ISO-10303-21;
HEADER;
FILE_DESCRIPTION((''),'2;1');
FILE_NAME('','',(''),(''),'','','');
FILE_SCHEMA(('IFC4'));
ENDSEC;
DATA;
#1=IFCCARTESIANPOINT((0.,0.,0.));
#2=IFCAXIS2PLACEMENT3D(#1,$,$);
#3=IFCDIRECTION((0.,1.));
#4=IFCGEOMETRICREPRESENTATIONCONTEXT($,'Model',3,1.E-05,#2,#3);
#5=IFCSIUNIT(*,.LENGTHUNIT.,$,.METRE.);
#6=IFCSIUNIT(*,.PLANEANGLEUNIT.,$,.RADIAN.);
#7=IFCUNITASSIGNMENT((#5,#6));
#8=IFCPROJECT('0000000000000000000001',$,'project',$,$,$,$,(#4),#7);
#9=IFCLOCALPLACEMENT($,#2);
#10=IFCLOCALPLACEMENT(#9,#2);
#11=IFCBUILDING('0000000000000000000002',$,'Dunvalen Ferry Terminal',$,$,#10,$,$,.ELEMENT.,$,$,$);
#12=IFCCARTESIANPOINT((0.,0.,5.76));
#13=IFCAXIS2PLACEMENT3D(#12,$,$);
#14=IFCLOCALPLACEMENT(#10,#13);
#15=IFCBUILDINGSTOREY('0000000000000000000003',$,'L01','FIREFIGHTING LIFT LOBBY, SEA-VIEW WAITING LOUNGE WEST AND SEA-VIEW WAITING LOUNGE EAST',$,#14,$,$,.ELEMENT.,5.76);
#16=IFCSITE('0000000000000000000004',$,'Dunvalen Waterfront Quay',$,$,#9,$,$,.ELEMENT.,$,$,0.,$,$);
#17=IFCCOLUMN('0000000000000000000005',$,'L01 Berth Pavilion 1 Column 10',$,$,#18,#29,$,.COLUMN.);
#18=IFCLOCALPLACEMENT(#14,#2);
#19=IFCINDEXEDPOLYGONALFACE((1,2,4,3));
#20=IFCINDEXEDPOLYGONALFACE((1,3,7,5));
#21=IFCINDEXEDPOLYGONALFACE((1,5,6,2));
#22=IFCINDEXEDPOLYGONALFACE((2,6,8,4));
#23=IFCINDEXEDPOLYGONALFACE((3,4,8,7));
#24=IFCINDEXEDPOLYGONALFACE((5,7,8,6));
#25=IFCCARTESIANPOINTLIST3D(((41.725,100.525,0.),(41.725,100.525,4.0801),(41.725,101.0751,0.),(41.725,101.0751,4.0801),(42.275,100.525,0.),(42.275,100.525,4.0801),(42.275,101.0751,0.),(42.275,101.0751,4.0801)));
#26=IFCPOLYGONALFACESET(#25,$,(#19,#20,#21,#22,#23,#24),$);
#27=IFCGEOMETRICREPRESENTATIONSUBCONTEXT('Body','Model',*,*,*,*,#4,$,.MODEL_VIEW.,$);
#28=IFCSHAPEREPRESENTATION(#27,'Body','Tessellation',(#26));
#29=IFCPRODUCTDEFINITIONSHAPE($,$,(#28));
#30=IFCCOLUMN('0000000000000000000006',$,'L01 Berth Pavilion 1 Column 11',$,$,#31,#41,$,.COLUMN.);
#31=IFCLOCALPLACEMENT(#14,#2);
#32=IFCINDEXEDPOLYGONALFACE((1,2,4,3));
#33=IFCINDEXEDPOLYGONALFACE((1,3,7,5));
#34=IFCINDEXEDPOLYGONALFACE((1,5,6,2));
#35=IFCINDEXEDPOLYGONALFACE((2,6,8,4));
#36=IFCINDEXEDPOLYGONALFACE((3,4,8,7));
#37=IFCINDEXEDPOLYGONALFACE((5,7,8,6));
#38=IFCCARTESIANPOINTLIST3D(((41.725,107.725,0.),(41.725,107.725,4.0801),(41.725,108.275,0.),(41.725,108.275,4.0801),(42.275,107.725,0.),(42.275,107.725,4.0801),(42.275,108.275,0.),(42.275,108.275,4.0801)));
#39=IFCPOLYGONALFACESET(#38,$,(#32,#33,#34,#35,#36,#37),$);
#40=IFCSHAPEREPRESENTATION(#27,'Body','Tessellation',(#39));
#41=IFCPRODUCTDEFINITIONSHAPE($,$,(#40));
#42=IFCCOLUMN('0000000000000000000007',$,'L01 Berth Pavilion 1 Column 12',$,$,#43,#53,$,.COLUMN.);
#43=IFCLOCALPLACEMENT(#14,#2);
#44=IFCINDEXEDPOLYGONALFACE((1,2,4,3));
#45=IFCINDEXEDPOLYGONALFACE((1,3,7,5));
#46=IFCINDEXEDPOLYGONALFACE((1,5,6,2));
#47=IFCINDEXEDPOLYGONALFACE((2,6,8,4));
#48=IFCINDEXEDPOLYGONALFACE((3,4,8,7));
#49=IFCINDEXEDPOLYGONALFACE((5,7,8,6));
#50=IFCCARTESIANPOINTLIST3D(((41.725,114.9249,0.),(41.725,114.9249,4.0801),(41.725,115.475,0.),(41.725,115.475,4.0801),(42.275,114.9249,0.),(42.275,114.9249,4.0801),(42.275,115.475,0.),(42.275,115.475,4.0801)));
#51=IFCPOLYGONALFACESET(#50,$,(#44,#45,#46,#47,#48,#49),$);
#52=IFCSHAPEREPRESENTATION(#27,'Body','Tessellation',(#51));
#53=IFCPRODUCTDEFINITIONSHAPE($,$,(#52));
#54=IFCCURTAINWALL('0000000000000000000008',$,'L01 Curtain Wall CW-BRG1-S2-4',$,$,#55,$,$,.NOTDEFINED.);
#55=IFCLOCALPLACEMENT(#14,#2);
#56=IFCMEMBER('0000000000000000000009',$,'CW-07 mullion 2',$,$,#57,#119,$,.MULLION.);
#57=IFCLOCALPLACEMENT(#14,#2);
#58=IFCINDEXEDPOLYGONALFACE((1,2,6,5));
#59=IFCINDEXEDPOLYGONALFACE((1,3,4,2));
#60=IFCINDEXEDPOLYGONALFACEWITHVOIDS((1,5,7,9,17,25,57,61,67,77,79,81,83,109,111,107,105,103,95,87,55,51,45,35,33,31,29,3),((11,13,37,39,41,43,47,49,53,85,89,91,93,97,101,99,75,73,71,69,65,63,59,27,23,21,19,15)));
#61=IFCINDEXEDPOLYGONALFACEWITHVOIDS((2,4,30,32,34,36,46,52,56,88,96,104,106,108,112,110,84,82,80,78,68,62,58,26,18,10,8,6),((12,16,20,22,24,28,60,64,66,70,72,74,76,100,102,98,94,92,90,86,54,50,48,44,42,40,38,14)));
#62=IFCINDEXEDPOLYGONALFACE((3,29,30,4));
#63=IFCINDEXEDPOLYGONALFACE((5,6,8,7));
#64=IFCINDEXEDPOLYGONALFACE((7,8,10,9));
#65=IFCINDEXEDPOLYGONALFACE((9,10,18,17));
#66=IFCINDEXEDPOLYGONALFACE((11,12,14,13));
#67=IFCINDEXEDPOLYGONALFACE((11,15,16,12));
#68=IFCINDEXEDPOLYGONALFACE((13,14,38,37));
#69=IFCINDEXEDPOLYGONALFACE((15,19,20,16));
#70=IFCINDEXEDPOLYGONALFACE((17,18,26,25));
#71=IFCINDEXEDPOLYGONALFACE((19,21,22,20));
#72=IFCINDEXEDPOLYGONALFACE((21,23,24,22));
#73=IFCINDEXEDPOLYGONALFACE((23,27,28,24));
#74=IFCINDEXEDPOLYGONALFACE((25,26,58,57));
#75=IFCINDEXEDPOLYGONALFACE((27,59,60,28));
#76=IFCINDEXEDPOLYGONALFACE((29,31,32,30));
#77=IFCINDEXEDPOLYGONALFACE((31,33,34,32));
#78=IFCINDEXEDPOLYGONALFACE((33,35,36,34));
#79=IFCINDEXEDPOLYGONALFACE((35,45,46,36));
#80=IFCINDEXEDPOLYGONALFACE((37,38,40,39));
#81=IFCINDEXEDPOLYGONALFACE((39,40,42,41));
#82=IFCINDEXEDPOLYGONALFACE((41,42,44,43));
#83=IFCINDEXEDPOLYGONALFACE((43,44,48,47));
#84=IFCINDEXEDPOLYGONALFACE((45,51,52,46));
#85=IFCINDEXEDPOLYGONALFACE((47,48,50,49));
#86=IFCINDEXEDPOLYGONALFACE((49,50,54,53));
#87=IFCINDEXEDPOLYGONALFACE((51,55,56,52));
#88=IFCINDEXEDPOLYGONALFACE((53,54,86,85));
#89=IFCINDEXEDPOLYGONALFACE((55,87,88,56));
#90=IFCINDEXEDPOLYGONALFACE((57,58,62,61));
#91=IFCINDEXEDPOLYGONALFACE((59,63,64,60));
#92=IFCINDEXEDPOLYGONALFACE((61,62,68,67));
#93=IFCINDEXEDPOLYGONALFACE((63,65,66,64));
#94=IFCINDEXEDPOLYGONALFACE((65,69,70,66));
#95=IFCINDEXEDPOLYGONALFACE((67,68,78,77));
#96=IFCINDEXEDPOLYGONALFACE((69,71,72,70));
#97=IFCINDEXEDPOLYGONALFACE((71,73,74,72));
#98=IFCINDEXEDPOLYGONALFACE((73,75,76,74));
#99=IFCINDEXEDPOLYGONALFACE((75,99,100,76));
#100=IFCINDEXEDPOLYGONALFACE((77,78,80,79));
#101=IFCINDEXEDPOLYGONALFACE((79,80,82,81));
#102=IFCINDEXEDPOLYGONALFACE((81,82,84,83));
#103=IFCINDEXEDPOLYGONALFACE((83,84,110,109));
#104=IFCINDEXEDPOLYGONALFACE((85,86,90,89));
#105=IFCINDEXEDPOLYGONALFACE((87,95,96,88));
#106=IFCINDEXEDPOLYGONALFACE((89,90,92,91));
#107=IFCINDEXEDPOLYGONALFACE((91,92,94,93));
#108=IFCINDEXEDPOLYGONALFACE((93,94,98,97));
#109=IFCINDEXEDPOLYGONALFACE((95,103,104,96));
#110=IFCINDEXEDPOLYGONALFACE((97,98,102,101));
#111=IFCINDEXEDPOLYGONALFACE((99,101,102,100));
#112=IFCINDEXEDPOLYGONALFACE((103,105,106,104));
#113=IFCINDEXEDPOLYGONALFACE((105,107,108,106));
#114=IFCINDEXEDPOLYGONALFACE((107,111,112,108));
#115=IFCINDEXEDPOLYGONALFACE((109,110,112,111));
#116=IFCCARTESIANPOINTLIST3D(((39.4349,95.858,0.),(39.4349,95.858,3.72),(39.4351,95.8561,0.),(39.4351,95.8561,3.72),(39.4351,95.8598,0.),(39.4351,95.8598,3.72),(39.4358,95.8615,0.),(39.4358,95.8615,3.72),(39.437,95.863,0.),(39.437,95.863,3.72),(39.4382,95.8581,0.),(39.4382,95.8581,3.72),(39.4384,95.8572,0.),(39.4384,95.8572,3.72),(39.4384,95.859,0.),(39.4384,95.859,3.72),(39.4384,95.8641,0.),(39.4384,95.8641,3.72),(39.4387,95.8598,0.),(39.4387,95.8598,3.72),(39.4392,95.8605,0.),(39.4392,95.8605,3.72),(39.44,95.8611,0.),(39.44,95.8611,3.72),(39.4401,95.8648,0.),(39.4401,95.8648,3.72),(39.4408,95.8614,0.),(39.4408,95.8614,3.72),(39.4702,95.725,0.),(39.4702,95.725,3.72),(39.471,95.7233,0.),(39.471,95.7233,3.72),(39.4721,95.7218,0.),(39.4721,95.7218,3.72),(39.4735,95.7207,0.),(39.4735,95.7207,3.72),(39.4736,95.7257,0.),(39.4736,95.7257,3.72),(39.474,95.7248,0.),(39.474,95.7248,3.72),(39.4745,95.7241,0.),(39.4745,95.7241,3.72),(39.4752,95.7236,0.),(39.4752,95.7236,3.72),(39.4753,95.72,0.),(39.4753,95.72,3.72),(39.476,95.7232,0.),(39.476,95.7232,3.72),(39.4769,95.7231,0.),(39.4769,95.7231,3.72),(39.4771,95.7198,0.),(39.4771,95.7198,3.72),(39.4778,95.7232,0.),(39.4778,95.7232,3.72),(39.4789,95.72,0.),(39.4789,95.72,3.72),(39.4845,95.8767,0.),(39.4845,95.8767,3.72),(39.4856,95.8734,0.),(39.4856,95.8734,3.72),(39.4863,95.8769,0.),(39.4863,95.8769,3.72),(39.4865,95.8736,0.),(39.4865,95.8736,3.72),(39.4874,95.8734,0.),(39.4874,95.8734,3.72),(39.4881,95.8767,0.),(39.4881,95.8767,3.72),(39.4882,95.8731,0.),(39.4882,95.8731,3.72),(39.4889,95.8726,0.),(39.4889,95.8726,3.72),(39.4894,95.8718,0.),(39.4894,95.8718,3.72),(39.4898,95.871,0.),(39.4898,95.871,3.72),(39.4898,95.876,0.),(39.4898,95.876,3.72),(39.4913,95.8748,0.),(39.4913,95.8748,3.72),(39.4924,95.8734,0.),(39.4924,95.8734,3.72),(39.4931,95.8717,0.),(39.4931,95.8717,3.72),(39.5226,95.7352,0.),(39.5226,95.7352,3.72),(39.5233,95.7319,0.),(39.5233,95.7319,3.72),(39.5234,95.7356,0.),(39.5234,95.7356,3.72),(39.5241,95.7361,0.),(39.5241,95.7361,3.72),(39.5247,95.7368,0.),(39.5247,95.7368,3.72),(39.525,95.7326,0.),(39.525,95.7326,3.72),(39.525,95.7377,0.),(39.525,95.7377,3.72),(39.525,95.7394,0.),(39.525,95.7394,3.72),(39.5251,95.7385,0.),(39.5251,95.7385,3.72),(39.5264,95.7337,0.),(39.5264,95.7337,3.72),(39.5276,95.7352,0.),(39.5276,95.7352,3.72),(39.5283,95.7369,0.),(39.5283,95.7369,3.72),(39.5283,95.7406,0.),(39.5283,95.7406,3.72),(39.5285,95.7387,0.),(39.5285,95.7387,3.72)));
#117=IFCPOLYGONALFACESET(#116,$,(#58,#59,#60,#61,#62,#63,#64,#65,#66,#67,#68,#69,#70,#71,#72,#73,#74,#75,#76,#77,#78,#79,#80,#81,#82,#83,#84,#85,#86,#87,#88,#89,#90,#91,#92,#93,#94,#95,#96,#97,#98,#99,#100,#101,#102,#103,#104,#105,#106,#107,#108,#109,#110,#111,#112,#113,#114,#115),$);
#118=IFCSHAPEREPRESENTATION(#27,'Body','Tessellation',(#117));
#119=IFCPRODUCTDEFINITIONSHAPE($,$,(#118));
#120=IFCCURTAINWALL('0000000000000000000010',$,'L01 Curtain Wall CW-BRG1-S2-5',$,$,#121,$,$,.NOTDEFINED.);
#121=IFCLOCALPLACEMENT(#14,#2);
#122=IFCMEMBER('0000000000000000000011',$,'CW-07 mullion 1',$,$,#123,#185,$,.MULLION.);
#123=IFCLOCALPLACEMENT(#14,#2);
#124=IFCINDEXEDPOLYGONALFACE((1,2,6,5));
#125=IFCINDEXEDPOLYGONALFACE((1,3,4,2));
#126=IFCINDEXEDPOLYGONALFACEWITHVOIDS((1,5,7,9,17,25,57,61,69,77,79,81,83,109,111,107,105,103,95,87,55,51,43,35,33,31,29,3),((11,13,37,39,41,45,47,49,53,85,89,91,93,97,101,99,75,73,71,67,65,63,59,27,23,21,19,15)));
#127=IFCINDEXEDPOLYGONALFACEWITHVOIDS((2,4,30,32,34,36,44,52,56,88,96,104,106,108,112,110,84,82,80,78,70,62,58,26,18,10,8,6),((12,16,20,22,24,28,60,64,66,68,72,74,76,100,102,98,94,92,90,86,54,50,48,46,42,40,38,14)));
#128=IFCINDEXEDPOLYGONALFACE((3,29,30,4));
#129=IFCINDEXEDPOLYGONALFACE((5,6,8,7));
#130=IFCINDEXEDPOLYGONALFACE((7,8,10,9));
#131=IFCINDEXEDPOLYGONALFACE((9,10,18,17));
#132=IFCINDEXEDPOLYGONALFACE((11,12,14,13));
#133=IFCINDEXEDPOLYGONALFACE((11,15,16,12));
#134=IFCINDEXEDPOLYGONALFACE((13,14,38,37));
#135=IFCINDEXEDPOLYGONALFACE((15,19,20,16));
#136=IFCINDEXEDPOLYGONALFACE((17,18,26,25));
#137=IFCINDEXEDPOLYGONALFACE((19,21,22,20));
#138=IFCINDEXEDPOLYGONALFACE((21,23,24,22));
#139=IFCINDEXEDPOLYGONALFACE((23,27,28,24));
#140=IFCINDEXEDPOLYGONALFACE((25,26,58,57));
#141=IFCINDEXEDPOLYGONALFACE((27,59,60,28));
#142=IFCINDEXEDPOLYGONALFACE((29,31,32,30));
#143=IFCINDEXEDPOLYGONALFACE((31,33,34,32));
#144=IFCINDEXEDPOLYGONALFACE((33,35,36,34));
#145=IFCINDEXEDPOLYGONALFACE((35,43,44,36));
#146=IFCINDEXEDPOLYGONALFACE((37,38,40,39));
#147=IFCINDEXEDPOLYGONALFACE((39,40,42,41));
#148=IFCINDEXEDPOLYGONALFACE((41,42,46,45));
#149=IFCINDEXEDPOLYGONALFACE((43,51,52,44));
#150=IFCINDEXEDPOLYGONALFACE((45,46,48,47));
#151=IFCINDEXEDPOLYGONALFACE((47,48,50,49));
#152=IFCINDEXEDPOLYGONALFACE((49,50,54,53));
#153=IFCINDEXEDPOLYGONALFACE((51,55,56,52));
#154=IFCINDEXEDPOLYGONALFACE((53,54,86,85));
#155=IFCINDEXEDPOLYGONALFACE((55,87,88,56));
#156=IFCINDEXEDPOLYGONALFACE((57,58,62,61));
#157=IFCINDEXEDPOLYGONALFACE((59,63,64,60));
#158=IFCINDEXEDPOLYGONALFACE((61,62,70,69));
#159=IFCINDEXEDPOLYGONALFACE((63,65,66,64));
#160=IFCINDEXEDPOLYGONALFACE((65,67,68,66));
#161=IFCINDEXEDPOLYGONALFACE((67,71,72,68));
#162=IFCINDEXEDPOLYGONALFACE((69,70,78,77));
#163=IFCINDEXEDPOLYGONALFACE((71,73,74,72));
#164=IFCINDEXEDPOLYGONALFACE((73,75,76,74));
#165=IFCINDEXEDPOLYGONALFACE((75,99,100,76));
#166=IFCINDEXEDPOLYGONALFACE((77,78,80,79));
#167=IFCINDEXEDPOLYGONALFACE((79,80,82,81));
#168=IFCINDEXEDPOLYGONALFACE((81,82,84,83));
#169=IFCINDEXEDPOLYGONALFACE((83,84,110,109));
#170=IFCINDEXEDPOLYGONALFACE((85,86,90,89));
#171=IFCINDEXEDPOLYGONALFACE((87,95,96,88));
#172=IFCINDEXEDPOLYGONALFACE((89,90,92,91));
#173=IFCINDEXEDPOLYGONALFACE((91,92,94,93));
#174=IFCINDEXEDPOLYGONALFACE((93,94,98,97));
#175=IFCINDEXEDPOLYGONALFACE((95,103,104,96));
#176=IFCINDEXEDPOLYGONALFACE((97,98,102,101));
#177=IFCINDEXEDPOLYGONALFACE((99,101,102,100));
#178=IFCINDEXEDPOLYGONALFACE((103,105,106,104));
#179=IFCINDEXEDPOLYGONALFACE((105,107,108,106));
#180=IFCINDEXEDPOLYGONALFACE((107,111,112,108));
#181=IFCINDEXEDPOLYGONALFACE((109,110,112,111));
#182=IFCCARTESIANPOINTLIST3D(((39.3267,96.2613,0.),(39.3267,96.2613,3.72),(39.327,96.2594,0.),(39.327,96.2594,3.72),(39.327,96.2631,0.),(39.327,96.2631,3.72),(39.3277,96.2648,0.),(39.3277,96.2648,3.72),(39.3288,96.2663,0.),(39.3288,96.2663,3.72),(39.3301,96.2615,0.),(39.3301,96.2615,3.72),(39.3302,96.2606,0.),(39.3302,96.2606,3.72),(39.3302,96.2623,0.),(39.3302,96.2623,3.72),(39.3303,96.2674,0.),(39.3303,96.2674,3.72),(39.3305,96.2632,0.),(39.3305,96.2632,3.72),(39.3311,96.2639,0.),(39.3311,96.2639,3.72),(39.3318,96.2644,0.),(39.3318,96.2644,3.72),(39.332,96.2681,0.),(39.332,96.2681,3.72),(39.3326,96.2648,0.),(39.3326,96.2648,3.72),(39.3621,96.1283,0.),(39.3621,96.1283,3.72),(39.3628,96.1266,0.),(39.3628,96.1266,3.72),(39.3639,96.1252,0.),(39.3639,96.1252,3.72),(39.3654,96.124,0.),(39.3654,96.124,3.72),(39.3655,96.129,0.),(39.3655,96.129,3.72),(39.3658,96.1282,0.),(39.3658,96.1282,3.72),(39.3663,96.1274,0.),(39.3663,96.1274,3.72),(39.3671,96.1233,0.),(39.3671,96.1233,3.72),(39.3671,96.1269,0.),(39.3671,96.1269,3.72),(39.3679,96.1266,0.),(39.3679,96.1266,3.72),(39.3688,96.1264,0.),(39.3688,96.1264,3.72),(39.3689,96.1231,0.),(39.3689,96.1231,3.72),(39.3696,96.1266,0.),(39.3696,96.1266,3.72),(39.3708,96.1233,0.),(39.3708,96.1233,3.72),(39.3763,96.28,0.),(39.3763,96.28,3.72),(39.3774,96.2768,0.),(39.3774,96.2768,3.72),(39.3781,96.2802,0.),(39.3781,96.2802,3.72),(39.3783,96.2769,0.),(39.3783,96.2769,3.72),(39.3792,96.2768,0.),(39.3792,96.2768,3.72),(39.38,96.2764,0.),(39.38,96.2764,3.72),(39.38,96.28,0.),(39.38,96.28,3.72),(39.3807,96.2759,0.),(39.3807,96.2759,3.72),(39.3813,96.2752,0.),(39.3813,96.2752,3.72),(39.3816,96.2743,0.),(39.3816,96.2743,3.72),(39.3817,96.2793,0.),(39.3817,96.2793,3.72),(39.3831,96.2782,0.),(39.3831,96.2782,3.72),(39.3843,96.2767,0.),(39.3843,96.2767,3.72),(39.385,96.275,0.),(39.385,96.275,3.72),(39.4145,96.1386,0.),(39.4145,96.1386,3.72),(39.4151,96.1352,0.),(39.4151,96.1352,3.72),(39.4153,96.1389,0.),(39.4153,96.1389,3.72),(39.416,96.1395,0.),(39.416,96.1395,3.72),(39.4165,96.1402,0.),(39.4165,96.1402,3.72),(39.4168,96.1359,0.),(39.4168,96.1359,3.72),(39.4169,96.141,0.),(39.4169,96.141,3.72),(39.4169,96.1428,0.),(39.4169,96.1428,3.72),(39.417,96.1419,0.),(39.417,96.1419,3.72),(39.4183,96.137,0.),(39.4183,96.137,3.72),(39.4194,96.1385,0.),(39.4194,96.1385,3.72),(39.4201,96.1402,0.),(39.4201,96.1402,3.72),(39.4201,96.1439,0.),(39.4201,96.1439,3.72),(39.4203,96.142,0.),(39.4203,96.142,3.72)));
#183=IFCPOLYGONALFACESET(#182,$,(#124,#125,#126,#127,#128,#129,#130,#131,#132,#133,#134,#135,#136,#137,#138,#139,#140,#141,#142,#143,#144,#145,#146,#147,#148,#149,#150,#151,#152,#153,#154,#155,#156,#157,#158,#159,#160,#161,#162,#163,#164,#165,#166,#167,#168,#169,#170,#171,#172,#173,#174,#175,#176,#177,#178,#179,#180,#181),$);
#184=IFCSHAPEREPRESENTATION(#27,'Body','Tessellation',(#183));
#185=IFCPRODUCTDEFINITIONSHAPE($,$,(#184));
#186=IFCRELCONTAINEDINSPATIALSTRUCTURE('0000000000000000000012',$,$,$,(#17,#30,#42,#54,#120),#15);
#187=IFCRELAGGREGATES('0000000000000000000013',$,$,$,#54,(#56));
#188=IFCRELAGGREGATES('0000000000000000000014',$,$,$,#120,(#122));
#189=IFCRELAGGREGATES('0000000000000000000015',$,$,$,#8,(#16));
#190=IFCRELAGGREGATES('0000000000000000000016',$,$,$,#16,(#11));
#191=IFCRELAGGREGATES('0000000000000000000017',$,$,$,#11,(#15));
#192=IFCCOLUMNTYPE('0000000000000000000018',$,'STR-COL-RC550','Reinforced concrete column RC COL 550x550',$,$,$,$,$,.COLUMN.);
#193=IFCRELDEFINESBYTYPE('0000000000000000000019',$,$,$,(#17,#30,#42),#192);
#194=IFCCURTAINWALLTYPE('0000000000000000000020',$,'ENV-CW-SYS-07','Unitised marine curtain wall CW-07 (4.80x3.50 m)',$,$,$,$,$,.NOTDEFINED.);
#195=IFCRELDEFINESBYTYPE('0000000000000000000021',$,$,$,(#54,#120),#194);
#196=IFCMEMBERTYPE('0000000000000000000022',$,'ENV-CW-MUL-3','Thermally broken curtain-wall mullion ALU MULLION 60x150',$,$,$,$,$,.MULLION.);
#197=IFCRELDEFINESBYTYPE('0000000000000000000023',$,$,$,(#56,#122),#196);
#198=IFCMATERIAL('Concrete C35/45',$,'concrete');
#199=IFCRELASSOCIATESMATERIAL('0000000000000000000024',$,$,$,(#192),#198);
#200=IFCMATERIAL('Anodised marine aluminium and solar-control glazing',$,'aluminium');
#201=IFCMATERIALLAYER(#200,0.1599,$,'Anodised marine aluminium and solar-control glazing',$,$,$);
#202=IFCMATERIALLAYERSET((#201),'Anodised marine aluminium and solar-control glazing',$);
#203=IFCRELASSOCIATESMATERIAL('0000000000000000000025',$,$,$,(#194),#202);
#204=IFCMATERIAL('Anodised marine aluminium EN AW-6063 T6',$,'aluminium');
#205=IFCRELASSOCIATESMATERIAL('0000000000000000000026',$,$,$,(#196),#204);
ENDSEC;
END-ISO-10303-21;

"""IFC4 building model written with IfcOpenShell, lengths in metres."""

from ifc_helpers import new_model, si_unit, direction, frame, origin, origin_2d, place, context, subcontext, project, spatial, rectangle, hollow_rectangle, extrude, material, layer, layer_set, material_profile, profile_set, type_object, element, aggregate, save


model = new_model("IFC4")

# Units and contexts
model_context = context("Model", 3, precision=1e-05, world=origin(), true_north=direction((0.0, 1.0)))
body_context = subcontext(model_context, "Body", "Model", "MODEL_VIEW")
ifc_project = project(units=[si_unit("LENGTHUNIT", "METRE"), si_unit("PLANEANGLEUNIT", "RADIAN")], contexts=[model_context])

# Site, building, storey
site_placement = place(None, origin())
site = spatial("IfcSite", under=ifc_project, at=site_placement, Name="Dunvalen Waterfront Quay", CompositionType="ELEMENT", RefElevation=0.0)
building_placement = place(site_placement, origin())
building = spatial("IfcBuilding", under=site, at=building_placement, Name="Dunvalen Ferry Terminal", CompositionType="ELEMENT")
storey_placement = place(building_placement, frame((0.0, 0.0, 5.76)))
storey = spatial("IfcBuildingStorey", under=building, at=storey_placement, Name="L01", Description="FIREFIGHTING LIFT LOBBY, SEA-VIEW WAITING LOUNGE WEST AND SEA-VIEW WAITING LOUNGE EAST", CompositionType="ELEMENT", Elevation=5.76)

# Columns
ifc_material_1 = material(Name="Concrete C35/45", Category="concrete")
ifc_material_profile_1 = material_profile(ifc_material_1, rectangle(XDim=0.55, YDim=0.55, at=origin_2d()), Name="Concrete C35/45")
ifc_profile_set_1 = profile_set([ifc_material_profile_1], Name="Concrete C35/45")
column_type = type_object("IfcColumnType", Name="STR-COL-RC550", Description="Reinforced concrete column RC COL 550x550", PredefinedType="COLUMN", material=ifc_profile_set_1)
for number, where, z_axis, x_axis, name in (
    (1, (42.0, 100.8, 0.0), (0.0, 0.0, 1.0), (1.0, 0.0, 0.0), "L01 Berth Pavilion 1 Column 10"),
    (2, (42.0, 108.0, 0.0), (0.0, 0.0, 1.0), (1.0, 0.0, 0.0), "L01 Berth Pavilion 1 Column 11"),
    (3, (42.0, 115.2, 0.0), (0.0, 0.0, 1.0), (1.0, 0.0, 0.0), "L01 Berth Pavilion 1 Column 12"),
):
    element("IfcColumn", number, at=place(storey_placement, frame(where, z_axis=z_axis, x_axis=x_axis)), inside=storey, type_object=column_type, Name=name, PredefinedType="COLUMN", context=body_context, shape_type="SweptSolid", body=[
        extrude(rectangle(XDim=0.55, YDim=0.55, at=origin_2d()), origin(), (0.0, 0.0, 1.0), 4.0801),
    ])

# Curtain wall, member
ifc_material_2 = material(Name="Anodised marine aluminium and solar-control glazing", Category="aluminium")
ifc_layer_1 = layer(ifc_material_2, 0.1599, Name="Anodised marine aluminium and solar-control glazing")
ifc_layer_set_1 = layer_set([ifc_layer_1], Name="Anodised marine aluminium and solar-control glazing")
curtain_wall_type_1 = type_object("IfcCurtainWallType", Name="ENV-CW-SYS-07", Description="Unitised marine curtain wall CW-07 (4.80x3.50 m)", PredefinedType="NOTDEFINED", material=ifc_layer_set_1)
curtain_wall_1_placement = place(storey_placement, origin())
curtain_wall_1 = element("IfcCurtainWall", 4, at=curtain_wall_1_placement, inside=storey, type_object=curtain_wall_type_1, Name="L01 Curtain Wall CW-BRG1-S2-4", PredefinedType="NOTDEFINED")
ifc_material_3 = material(Name="Anodised marine aluminium EN AW-6063 T6", Category="aluminium")
ifc_material_profile_2 = material_profile(ifc_material_3, hollow_rectangle(XDim=0.0601, YDim=0.1499, WallThickness=0.0034, InnerFilletRadius=0.0034, OuterFilletRadius=0.0071, at=origin_2d()), Name="Anodised marine aluminium EN AW-6063 T6")
ifc_profile_set_2 = profile_set([ifc_material_profile_2], Name="Anodised marine aluminium EN AW-6063 T6")
member_type_1 = type_object("IfcMemberType", Name="ENV-CW-MUL-3", Description="Thermally broken curtain-wall mullion ALU MULLION 60x150", PredefinedType="MULLION", material=ifc_profile_set_2)
member_1_placement = place(storey_placement, frame((39.4817, 95.7983, 0.0), z_axis=(0.0, 0.0, 1.0), x_axis=(-0.965935, -0.258786, 0.0)))
member_1 = element("IfcMember", 5, at=member_1_placement, type_object=member_type_1, Name="CW-07 mullion 2", PredefinedType="MULLION", context=body_context, shape_type="SweptSolid", body=[
    extrude(hollow_rectangle(XDim=0.0601, YDim=0.1499, WallThickness=0.0034, InnerFilletRadius=0.0034, OuterFilletRadius=0.0071, at=origin_2d()), origin(), (0.0, 0.0, 1.0), 3.72),
])

# Curtain wall, member
curtain_wall_2_placement = place(storey_placement, origin())
curtain_wall_2 = element("IfcCurtainWall", 6, at=curtain_wall_2_placement, inside=storey, type_object=curtain_wall_type_1, Name="L01 Curtain Wall CW-BRG1-S2-5", PredefinedType="NOTDEFINED")
member_2_placement = place(storey_placement, frame((39.3735, 96.2017, 0.0), z_axis=(0.0, 0.0, 1.0), x_axis=(-0.965923, -0.25883, 0.0)))
member_2 = element("IfcMember", 7, at=member_2_placement, type_object=member_type_1, Name="CW-07 mullion 1", PredefinedType="MULLION", context=body_context, shape_type="SweptSolid", body=[
    extrude(hollow_rectangle(XDim=0.0601, YDim=0.1499, WallThickness=0.0034, InnerFilletRadius=0.0034, OuterFilletRadius=0.0071, at=origin_2d()), origin(), (0.0, 0.0, 1.0), 3.72),
])

aggregate(curtain_wall_1, [member_1])
aggregate(curtain_wall_2, [member_2])

save(model, "model.ifc")
